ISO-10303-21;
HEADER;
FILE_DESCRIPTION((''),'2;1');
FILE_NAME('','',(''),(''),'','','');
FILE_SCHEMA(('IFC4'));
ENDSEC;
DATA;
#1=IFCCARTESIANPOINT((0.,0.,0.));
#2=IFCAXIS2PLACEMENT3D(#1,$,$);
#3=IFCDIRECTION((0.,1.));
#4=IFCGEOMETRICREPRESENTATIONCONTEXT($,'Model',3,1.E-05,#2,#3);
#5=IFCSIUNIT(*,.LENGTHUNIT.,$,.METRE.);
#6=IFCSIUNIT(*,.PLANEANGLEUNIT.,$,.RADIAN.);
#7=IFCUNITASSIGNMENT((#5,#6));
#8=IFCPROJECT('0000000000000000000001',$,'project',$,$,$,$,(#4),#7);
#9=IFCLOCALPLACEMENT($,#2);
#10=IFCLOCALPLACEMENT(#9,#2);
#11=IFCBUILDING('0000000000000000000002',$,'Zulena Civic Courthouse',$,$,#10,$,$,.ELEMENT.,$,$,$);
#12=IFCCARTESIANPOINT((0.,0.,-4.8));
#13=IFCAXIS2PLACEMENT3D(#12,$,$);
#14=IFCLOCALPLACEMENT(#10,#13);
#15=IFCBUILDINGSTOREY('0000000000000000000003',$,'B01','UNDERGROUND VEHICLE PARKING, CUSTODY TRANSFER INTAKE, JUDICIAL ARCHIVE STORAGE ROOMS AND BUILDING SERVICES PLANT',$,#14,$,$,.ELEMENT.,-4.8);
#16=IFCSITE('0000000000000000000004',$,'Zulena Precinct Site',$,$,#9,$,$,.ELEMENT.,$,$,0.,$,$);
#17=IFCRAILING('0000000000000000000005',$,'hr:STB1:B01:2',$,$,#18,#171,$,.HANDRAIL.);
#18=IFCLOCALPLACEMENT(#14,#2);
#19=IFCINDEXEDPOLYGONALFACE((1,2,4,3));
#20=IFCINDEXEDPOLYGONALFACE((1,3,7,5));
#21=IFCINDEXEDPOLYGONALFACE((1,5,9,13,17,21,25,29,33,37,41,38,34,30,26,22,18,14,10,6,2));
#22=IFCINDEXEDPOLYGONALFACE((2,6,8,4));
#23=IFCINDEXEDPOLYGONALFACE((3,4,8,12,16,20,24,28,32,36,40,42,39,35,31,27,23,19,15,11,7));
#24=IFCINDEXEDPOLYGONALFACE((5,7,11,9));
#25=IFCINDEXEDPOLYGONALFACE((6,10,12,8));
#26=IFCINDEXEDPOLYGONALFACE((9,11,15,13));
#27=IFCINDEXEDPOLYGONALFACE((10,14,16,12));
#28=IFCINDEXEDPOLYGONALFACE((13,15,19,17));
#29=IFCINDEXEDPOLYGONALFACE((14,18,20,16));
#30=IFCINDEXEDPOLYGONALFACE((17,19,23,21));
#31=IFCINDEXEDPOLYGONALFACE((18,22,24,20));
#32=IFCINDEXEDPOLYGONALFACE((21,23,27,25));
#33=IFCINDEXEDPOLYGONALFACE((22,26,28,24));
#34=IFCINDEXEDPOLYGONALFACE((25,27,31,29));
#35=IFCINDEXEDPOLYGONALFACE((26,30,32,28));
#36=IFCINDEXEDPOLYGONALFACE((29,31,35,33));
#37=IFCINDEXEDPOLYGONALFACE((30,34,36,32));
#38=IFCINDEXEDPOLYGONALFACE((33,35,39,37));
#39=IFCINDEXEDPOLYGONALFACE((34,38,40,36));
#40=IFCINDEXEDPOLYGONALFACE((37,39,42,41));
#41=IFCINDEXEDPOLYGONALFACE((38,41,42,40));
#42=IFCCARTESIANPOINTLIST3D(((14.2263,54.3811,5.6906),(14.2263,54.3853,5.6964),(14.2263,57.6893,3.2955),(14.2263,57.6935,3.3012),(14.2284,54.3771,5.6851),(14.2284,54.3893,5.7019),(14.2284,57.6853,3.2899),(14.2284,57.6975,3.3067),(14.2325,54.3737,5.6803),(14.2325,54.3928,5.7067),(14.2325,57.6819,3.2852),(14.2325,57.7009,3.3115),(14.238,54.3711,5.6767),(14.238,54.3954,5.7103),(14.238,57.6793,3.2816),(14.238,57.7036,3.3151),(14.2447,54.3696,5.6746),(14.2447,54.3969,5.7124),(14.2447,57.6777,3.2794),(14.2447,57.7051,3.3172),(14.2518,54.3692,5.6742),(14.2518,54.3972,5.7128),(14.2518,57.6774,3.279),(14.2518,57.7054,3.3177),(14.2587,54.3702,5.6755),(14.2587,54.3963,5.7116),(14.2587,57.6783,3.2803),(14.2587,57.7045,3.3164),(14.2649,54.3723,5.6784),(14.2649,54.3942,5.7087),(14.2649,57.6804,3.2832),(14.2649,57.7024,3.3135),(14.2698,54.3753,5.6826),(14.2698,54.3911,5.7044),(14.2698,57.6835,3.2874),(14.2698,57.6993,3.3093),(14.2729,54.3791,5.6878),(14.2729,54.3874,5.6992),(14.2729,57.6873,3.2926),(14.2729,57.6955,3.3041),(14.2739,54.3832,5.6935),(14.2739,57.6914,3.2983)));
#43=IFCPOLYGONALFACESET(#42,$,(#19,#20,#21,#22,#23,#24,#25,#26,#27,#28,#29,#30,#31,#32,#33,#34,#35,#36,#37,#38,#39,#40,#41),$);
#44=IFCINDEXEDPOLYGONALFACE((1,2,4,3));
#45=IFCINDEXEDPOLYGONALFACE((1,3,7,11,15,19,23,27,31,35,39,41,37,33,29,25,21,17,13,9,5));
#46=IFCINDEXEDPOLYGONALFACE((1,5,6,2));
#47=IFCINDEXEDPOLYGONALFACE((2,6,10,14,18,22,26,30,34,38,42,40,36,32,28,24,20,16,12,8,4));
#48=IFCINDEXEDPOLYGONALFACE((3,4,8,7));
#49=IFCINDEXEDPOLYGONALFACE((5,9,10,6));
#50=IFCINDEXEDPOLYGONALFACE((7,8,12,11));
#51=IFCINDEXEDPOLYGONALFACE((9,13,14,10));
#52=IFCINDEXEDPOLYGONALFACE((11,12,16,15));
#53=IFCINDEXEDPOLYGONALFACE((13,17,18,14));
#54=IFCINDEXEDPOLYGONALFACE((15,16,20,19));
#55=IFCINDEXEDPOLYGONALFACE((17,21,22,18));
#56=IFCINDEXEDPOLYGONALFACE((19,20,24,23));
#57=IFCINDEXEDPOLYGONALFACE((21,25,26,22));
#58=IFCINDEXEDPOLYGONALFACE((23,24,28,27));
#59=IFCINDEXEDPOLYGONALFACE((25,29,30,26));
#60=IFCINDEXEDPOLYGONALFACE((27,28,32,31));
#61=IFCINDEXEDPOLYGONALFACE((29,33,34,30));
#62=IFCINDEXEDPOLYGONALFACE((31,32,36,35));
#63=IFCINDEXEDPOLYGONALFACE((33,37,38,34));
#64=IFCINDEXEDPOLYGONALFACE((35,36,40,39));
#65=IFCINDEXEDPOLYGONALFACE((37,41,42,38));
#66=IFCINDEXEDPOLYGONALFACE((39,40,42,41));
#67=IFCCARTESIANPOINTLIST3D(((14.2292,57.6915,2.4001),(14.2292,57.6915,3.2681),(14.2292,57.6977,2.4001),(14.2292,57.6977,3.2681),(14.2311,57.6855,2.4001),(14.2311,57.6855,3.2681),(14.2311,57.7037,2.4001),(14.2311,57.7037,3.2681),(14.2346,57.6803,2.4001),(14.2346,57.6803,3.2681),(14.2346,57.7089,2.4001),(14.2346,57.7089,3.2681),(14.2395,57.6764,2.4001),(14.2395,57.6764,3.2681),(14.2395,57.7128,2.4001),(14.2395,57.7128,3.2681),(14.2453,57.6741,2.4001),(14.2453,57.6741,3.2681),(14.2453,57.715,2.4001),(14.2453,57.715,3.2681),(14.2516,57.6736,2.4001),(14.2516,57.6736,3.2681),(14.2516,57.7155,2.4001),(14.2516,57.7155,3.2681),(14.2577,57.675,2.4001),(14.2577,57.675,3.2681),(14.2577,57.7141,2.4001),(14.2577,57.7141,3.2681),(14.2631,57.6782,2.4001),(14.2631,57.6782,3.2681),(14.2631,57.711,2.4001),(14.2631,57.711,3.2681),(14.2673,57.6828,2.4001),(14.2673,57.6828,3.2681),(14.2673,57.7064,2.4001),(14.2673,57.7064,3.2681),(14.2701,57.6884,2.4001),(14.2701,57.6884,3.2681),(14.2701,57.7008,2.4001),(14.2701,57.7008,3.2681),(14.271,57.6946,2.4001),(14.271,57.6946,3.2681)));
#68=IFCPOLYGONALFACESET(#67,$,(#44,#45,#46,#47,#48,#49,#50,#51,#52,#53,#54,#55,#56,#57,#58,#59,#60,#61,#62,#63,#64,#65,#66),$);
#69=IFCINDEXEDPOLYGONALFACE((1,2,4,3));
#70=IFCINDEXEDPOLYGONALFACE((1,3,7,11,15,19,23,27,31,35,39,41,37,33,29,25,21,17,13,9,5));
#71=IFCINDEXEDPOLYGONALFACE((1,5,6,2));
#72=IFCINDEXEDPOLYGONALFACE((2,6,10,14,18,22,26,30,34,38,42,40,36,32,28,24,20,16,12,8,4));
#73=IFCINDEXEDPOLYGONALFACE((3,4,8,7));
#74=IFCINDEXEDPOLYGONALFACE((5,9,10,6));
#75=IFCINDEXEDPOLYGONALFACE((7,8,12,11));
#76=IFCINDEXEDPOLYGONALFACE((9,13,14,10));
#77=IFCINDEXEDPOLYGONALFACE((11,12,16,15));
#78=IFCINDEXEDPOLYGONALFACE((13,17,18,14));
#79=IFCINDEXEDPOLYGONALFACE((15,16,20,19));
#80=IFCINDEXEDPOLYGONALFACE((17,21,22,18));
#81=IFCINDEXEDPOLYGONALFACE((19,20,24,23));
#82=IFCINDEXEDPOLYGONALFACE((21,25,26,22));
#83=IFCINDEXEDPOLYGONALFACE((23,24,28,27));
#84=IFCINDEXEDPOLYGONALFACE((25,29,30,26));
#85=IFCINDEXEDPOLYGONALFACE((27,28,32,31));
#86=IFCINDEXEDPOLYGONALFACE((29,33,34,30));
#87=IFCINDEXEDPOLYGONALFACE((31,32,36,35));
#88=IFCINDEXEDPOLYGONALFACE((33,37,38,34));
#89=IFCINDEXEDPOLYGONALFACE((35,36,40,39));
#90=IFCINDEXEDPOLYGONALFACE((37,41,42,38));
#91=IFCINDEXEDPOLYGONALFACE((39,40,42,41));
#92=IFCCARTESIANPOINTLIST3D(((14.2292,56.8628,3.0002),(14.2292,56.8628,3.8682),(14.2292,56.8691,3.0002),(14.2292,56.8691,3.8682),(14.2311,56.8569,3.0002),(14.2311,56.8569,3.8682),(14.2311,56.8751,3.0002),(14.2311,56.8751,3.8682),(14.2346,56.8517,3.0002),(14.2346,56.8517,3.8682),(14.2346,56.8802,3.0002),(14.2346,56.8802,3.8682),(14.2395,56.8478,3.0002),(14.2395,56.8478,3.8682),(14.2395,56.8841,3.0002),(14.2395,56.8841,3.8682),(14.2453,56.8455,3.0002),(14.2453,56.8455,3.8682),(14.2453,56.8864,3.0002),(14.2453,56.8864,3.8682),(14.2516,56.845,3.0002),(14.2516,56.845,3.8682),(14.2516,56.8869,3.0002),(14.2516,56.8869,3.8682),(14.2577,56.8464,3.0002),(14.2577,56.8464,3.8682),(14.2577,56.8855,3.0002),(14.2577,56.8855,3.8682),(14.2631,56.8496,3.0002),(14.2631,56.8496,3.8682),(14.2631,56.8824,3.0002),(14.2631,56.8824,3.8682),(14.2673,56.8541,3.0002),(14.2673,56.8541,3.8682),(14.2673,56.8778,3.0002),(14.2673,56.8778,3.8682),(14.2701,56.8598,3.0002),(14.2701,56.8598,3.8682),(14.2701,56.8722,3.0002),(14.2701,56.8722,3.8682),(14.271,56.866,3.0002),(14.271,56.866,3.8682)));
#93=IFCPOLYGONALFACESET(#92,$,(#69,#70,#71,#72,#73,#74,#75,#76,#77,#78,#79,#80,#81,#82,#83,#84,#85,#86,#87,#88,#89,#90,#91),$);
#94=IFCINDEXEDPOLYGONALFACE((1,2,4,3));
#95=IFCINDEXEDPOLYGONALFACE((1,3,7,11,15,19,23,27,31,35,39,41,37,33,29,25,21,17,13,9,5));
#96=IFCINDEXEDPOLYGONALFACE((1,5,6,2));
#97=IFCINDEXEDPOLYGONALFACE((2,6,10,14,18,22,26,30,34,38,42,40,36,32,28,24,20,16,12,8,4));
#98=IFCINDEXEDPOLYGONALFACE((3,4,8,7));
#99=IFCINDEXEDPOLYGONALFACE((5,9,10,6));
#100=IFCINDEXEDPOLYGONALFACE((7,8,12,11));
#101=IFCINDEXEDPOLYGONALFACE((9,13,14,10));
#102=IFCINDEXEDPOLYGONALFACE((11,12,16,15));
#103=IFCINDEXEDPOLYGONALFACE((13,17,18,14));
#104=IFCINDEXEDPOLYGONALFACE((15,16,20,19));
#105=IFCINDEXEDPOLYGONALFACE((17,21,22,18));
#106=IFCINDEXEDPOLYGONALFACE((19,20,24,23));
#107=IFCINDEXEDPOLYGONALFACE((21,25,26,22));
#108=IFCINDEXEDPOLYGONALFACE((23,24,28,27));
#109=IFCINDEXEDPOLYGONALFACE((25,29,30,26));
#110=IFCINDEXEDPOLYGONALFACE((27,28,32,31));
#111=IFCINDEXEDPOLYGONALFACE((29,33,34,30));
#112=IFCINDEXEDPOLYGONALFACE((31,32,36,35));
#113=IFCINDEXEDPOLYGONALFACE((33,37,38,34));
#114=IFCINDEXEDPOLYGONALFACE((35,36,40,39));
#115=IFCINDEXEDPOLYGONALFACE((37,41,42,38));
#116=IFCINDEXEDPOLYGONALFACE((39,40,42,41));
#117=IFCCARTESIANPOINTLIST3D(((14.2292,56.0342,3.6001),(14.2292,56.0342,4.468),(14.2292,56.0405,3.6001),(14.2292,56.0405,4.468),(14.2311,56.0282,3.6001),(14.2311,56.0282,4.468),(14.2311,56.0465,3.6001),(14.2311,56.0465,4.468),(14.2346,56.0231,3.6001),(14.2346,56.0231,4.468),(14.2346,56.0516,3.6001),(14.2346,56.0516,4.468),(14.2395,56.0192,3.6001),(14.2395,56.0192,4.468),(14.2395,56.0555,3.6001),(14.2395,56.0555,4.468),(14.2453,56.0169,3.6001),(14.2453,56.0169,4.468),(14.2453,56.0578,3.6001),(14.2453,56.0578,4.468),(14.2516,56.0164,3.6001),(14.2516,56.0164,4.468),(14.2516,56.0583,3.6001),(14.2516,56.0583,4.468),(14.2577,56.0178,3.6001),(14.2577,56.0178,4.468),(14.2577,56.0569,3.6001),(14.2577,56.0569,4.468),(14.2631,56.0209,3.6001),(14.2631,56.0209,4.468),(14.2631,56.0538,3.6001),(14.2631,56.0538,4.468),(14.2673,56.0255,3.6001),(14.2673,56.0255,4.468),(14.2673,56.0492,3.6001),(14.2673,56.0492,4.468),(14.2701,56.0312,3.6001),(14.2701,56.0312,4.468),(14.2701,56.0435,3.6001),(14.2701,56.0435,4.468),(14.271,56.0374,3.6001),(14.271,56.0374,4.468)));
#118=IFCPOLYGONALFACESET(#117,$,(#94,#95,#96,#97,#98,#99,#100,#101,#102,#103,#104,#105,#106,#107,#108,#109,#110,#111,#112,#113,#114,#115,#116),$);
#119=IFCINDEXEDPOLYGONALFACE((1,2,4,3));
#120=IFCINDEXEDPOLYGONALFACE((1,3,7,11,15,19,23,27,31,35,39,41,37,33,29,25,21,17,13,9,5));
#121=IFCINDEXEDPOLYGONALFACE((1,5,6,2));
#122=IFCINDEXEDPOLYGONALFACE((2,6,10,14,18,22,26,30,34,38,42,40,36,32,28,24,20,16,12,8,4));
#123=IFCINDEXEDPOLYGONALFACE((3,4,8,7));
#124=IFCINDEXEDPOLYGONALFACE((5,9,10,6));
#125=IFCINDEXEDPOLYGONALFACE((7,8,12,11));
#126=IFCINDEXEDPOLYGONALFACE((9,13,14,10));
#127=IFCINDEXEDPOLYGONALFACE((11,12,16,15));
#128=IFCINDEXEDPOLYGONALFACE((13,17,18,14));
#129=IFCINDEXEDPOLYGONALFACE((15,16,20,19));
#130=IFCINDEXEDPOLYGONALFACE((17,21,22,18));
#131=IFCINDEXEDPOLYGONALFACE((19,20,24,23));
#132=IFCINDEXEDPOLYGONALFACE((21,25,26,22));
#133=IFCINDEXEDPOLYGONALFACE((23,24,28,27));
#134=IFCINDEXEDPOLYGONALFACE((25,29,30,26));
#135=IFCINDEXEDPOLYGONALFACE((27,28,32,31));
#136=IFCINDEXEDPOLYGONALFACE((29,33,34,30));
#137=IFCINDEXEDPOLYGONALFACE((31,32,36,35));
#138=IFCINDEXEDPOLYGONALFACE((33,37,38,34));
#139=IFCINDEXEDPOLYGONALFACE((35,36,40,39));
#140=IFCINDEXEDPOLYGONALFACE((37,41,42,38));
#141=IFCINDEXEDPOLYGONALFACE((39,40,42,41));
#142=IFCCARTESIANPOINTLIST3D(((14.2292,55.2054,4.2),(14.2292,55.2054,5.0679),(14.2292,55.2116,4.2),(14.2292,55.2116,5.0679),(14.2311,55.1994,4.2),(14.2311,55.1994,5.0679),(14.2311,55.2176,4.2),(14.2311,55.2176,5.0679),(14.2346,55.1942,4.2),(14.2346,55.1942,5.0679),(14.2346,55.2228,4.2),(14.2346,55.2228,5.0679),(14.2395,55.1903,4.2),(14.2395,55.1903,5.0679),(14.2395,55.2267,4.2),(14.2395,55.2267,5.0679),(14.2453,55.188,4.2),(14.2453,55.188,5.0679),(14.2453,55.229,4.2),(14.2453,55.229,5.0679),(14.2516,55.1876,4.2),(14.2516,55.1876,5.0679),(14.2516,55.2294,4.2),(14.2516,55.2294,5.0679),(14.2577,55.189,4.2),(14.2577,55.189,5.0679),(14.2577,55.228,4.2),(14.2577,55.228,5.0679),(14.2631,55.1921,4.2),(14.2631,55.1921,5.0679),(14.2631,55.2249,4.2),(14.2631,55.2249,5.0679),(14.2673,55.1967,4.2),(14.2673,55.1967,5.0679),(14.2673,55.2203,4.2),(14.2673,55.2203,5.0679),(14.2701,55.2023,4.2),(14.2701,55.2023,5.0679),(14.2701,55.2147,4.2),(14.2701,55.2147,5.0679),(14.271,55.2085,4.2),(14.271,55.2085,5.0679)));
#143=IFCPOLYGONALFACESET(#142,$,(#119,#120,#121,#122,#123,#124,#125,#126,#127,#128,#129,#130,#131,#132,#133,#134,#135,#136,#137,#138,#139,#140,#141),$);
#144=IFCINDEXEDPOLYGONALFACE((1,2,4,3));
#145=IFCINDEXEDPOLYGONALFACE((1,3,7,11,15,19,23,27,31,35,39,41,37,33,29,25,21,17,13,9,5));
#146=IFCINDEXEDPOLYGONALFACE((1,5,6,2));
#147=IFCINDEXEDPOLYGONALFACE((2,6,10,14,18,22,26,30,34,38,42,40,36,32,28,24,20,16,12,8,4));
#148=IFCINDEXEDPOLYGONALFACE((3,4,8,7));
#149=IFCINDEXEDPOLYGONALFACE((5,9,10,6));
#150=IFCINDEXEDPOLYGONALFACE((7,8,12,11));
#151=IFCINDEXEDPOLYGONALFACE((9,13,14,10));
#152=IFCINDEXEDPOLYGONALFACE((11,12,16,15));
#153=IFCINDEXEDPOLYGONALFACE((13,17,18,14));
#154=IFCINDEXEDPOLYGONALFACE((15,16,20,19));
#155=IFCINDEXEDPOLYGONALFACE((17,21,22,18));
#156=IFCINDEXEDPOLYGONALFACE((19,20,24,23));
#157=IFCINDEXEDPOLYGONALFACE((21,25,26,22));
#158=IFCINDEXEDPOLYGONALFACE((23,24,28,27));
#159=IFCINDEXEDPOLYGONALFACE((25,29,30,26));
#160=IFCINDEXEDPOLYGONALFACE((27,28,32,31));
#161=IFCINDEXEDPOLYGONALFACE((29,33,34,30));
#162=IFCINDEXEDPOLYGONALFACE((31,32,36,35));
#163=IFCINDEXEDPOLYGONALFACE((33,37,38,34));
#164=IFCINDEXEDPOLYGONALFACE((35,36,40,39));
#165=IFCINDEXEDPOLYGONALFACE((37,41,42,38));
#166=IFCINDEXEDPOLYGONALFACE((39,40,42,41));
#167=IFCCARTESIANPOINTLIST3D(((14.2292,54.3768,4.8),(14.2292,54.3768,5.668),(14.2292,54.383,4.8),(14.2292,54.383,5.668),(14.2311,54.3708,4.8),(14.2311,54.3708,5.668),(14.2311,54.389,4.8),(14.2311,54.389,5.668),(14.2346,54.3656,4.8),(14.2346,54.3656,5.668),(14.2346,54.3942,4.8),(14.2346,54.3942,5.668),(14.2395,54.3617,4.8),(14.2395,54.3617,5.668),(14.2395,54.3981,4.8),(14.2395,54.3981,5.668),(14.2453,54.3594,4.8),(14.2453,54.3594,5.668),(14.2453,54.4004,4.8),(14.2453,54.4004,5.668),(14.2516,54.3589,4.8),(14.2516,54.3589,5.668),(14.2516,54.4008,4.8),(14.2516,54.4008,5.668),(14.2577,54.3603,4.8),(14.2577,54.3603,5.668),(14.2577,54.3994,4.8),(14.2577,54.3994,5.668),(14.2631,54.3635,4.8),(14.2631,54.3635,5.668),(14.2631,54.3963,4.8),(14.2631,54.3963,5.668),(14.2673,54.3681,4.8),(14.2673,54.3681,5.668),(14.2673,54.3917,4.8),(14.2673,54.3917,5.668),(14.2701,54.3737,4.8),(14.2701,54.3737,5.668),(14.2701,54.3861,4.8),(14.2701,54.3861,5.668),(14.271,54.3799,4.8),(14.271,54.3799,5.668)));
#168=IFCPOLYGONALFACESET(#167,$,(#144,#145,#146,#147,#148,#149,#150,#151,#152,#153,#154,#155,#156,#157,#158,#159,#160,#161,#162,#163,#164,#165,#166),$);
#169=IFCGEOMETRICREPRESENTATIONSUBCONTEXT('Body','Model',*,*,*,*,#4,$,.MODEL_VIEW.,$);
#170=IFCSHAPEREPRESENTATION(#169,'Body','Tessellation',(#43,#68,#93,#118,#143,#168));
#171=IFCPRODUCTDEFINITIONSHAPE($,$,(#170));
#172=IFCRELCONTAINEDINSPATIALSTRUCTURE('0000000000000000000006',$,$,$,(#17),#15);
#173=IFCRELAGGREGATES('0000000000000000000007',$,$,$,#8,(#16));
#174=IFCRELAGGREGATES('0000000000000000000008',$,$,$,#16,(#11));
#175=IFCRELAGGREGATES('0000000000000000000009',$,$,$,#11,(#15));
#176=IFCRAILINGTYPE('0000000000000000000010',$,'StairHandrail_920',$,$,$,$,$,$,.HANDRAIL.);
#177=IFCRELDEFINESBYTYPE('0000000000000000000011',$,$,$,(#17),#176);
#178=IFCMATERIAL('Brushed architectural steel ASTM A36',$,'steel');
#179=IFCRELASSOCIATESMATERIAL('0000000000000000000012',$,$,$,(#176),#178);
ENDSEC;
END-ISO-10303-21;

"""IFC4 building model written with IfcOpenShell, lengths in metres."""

from ifc_helpers import new_model, si_unit, direction, frame, origin, origin_2d, place, context, subcontext, project, spatial, circle, extrude, material, type_object, element, save


model = new_model("IFC4")

# Units and contexts
model_context = context("Model", 3, precision=1e-05, world=origin(), true_north=direction((0.0, 1.0)))
body_context = subcontext(model_context, "Body", "Model", "MODEL_VIEW")
ifc_project = project(units=[si_unit("LENGTHUNIT", "METRE"), si_unit("PLANEANGLEUNIT", "RADIAN")], contexts=[model_context])

# Site, building, storey
site_placement = place(None, origin())
site = spatial("IfcSite", under=ifc_project, at=site_placement, Name="Zulena Precinct Site", CompositionType="ELEMENT", RefElevation=0.0)
building_placement = place(site_placement, origin())
building = spatial("IfcBuilding", under=site, at=building_placement, Name="Zulena Civic Courthouse", CompositionType="ELEMENT")
storey_placement = place(building_placement, frame((0.0, 0.0, -4.8)))
storey = spatial("IfcBuildingStorey", under=building, at=storey_placement, Name="B01", Description="UNDERGROUND VEHICLE PARKING, CUSTODY TRANSFER INTAKE, JUDICIAL ARCHIVE STORAGE ROOMS AND BUILDING SERVICES PLANT", CompositionType="ELEMENT", Elevation=-4.8)

# Railing
ifc_material_1 = material(Name="Brushed architectural steel ASTM A36", Category="steel")
railing_type_1 = type_object("IfcRailingType", Name="StairHandrail_920", PredefinedType="HANDRAIL", material=ifc_material_1)
railing_1_placement = place(storey_placement, frame((14.25, 57.6946, 2.4001)))
element("IfcRailing", 1, at=railing_1_placement, inside=storey, type_object=railing_type_1, Name="hr:STB1:B01:2", PredefinedType="HANDRAIL", context=body_context, shape_type="SweptSolid", body=[
    extrude(circle(Radius=0.0239, at=origin_2d()), frame((0.0, -0.0032, 0.8982), z_axis=(0.0, -0.809988, 0.586446), x_axis=(1.0, 0.0, 0.0)), (0.0, 0.0, 1.0), 4.0842),
    extrude(circle(Radius=0.021, at=origin_2d()), origin(), (0.0, 0.0, 1.0), 0.8679),
    extrude(circle(Radius=0.021, at=origin_2d()), frame((0.0, -0.8286, 0.6001)), (0.0, 0.0, 1.0), 0.8679),
    extrude(circle(Radius=0.021, at=origin_2d()), frame((0.0, -1.6572, 1.2)), (0.0, 0.0, 1.0), 0.8679),
    extrude(circle(Radius=0.021, at=origin_2d()), frame((0.0, -2.4861, 1.7998)), (0.0, 0.0, 1.0), 0.8679),
    extrude(circle(Radius=0.021, at=origin_2d()), frame((0.0, -3.3147, 2.3999)), (0.0, 0.0, 1.0), 0.8679),
])

save(model, "model.ifc")
